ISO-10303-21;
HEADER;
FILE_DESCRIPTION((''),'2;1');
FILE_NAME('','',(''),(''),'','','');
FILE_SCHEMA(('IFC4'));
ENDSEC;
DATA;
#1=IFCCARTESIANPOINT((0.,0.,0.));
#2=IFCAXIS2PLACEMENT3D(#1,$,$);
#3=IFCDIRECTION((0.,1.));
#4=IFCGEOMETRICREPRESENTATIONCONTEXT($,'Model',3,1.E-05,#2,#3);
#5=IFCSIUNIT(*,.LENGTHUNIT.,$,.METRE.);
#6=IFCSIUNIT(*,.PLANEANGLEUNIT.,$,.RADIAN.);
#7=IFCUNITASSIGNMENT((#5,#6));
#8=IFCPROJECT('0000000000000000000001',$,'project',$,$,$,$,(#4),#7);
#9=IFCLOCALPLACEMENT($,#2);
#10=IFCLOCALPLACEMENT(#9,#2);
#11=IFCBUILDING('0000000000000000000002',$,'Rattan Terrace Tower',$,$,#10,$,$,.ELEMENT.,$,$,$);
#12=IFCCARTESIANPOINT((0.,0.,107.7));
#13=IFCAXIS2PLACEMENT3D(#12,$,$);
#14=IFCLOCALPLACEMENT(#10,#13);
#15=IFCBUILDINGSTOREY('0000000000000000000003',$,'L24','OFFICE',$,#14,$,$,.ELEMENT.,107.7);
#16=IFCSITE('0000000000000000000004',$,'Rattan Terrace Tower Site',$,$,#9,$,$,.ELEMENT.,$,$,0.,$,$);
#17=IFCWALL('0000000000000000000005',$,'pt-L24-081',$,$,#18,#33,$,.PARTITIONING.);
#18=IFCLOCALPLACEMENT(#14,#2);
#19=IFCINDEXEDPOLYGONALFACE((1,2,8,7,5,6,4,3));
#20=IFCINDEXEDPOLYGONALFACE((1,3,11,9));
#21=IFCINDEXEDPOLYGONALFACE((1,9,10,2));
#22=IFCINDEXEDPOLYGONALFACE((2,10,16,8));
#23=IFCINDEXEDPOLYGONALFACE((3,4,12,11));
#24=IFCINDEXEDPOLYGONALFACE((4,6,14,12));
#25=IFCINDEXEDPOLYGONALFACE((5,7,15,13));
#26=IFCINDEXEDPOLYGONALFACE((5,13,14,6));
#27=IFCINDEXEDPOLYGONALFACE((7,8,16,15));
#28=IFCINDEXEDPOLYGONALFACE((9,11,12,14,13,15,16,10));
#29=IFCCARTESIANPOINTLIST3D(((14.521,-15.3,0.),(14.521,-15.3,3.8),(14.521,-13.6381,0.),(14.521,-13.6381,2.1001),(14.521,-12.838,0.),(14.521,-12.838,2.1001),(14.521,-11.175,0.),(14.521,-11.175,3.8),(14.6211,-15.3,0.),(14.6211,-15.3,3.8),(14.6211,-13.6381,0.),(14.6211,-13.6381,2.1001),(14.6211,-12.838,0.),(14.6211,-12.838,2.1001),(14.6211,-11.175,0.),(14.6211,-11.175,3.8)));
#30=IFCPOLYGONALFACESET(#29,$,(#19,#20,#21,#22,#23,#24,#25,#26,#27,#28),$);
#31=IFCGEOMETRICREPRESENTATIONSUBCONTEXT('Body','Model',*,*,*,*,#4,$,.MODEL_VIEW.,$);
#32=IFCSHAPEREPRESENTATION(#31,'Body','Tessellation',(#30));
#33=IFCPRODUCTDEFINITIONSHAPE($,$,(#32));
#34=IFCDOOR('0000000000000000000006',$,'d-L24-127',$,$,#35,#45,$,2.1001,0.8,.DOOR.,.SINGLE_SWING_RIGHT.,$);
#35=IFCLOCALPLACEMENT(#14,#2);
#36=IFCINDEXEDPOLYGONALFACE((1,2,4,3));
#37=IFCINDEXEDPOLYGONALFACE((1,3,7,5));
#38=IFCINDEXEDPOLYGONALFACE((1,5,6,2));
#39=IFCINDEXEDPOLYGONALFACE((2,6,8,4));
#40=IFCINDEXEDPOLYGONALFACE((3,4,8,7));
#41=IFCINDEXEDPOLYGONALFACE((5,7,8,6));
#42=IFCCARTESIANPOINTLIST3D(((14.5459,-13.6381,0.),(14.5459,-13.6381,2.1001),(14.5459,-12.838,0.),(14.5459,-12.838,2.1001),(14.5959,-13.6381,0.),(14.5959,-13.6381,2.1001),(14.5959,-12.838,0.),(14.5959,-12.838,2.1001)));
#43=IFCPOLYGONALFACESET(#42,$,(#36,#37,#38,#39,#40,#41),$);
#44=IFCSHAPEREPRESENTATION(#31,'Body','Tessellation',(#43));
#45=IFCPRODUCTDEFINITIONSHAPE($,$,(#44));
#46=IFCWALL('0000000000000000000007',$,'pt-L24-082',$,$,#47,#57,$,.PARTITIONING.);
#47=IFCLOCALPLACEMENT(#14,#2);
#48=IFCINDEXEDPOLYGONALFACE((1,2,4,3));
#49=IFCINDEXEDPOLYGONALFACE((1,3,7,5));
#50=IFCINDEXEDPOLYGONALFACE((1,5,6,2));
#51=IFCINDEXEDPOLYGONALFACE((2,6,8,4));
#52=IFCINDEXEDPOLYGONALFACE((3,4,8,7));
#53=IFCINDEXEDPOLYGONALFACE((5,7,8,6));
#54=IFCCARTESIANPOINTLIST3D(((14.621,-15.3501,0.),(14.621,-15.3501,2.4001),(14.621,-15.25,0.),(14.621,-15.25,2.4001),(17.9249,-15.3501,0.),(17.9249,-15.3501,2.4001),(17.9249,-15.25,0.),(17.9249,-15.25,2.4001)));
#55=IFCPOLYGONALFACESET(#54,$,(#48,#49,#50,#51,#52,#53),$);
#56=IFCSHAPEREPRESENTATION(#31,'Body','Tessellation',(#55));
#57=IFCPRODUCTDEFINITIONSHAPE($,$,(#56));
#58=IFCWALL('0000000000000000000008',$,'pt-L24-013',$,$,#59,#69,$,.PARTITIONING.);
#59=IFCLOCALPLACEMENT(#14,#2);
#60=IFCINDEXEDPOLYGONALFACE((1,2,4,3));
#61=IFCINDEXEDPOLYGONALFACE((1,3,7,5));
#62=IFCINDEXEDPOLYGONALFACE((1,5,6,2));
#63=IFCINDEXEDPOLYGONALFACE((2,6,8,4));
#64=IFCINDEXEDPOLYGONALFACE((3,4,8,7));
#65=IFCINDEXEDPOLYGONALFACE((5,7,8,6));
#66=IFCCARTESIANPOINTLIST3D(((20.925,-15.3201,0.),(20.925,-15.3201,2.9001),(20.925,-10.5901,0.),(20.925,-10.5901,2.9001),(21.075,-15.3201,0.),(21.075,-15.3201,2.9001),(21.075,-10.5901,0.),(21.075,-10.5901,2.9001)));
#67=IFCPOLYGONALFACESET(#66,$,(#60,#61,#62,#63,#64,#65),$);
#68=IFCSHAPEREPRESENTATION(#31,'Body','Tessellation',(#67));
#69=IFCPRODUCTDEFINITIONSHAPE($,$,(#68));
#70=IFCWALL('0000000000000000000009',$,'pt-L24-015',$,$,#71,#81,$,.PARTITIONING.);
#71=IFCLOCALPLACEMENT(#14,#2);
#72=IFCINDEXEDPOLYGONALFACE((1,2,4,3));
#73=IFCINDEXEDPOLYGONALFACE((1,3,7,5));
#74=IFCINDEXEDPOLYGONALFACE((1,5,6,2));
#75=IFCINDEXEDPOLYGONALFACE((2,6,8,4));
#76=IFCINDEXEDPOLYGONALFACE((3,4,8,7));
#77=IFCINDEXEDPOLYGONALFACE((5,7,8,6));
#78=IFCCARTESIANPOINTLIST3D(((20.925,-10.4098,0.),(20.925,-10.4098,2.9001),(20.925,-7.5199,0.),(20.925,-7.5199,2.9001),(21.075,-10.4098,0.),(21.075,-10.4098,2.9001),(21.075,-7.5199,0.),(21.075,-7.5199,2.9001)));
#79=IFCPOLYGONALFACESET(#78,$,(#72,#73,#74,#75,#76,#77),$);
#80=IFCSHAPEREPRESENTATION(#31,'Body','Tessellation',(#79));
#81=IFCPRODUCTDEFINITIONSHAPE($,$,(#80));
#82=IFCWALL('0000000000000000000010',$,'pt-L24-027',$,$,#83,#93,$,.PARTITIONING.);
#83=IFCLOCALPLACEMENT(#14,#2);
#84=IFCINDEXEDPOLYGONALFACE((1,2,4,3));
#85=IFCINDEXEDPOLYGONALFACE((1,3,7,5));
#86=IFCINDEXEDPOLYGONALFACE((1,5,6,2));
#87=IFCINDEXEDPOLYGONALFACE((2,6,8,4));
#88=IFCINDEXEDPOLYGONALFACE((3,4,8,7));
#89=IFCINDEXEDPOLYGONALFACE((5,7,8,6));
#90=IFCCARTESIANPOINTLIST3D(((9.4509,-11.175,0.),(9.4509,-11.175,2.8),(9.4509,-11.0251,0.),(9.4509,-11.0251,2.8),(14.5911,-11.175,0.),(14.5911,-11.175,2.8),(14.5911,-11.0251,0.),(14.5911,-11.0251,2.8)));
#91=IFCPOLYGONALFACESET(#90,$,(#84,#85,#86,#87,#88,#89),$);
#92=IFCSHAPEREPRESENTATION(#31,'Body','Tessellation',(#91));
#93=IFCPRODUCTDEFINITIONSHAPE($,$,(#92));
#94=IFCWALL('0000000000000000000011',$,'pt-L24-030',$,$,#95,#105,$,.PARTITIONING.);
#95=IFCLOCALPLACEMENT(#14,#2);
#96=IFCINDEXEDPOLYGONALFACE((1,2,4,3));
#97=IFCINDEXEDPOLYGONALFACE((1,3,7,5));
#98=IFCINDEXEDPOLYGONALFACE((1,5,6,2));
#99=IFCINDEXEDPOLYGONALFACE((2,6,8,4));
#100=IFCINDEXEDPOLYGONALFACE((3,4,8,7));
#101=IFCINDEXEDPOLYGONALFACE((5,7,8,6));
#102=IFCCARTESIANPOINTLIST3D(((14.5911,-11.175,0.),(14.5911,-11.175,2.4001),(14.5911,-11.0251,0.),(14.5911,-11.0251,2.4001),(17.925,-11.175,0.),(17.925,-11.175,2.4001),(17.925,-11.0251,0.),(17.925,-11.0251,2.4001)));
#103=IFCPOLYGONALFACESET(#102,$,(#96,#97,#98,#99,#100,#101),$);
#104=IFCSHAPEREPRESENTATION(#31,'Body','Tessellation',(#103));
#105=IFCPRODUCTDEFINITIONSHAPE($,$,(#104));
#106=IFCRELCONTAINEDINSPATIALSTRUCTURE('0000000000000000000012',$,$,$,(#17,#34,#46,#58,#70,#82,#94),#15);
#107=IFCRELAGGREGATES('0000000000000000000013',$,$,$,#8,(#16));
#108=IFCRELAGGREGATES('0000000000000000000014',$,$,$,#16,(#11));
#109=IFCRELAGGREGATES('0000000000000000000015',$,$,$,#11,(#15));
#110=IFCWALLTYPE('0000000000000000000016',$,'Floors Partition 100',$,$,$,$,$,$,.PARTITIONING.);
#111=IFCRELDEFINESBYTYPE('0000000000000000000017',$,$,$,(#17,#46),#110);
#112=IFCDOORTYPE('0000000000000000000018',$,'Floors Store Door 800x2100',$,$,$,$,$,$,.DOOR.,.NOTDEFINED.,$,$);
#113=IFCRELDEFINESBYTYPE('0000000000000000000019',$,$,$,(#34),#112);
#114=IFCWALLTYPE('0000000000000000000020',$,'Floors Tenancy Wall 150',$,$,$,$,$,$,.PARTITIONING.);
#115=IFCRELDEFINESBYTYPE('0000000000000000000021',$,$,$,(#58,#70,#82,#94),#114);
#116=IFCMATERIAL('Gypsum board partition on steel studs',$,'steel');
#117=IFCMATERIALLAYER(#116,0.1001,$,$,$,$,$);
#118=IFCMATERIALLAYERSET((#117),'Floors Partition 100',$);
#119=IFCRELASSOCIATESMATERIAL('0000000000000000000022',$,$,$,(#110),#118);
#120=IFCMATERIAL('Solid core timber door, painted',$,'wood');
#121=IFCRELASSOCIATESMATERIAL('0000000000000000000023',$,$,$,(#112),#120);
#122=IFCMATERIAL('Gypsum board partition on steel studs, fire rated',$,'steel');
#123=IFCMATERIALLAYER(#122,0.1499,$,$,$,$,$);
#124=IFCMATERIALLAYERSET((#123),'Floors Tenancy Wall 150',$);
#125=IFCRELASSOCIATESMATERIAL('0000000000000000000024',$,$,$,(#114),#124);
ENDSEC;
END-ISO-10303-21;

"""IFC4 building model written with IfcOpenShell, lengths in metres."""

from ifc_helpers import new_model, si_unit, direction, frame, frame_2d, origin, place, context, subcontext, project, spatial, rectangle, extrude, material, layer, layer_set, type_object, element, fill, save


model = new_model("IFC4")

# Units and contexts
model_context = context("Model", 3, precision=1e-05, world=origin(), true_north=direction((0.0, 1.0)))
body_context = subcontext(model_context, "Body", "Model", "MODEL_VIEW")
ifc_project = project(units=[si_unit("LENGTHUNIT", "METRE"), si_unit("PLANEANGLEUNIT", "RADIAN")], contexts=[model_context])

# Site, building, storey
site_placement = place(None, origin())
site = spatial("IfcSite", under=ifc_project, at=site_placement, Name="Rattan Terrace Tower Site", CompositionType="ELEMENT", RefElevation=0.0)
building_placement = place(site_placement, origin())
building = spatial("IfcBuilding", under=site, at=building_placement, Name="Rattan Terrace Tower", CompositionType="ELEMENT")
storey_placement = place(building_placement, frame((0.0, 0.0, 107.7)))
storey = spatial("IfcBuildingStorey", under=building, at=storey_placement, Name="L24", Description="OFFICE", CompositionType="ELEMENT", Elevation=107.7)

# Wall, opening, door
ifc_material_1 = material(Name="Gypsum board partition on steel studs", Category="steel")
ifc_layer_1 = layer(ifc_material_1, 0.1001)
ifc_layer_set_1 = layer_set([ifc_layer_1], Name="Floors Partition 100")
wall_type_1 = type_object("IfcWallType", Name="Floors Partition 100", PredefinedType="PARTITIONING", material=ifc_layer_set_1)
wall_1_placement = place(storey_placement, frame((14.571, -11.175, 0.0), z_axis=(0.0, 0.0, 1.0), x_axis=(0.0, -1.0, 0.0)))
wall_1 = element("IfcWall", 1, at=wall_1_placement, inside=storey, type_object=wall_type_1, Name="pt-L24-081", PredefinedType="PARTITIONING", context=body_context, shape_type="SweptSolid", body=[
    extrude(rectangle(XDim=4.125, YDim=0.1001, at=frame_2d((2.0625, 0.0))), origin(), (0.0, 0.0, 1.0), 3.8),
])
opening_1_placement = place(wall_1_placement, frame((1.6631, 0.0, 0.0)))
opening_1 = element("IfcOpeningElement", 2, at=opening_1_placement, cuts=wall_1, PredefinedType="OPENING", context=body_context, shape_type="SweptSolid", body=[
    extrude(rectangle(XDim=0.8, YDim=2.1001, at=frame_2d((0.3999, 1.05))), frame((0.0, 0.0605, 0.0), z_axis=(0.0, -1.0, 0.0), x_axis=(1.0, 0.0, 0.0)), (0.0, 0.0, 1.0), 0.1211),
])
ifc_material_2 = material(Name="Solid core timber door, painted", Category="wood")
door_type_1 = type_object("IfcDoorType", Name="Floors Store Door 800x2100", OperationType="NOTDEFINED", PredefinedType="DOOR", material=ifc_material_2)
door_1_placement = place(opening_1_placement, origin())
door_1 = element("IfcDoor", 3, at=door_1_placement, inside=storey, type_object=door_type_1, Name="d-L24-127", OperationType="SINGLE_SWING_RIGHT", OverallHeight=2.1001, OverallWidth=0.8, PredefinedType="DOOR", context=body_context, shape_type="SweptSolid", body=[
    extrude(rectangle(XDim=0.8, YDim=2.1001, at=frame_2d((0.3999, 1.05))), frame((0.0, 0.0249, 0.0), z_axis=(0.0, -1.0, 0.0), x_axis=(1.0, 0.0, 0.0)), (0.0, 0.0, 1.0), 0.05),
])
fill(opening_1, door_1)

# Walls
wall_2_placement = place(storey_placement, frame((14.6211, -15.3, 0.0), z_axis=(0.0, 0.0, 1.0), x_axis=(1.0, 0.0, 0.0)))
element("IfcWall", 4, at=wall_2_placement, inside=storey, type_object=wall_type_1, Name="pt-L24-082", PredefinedType="PARTITIONING", context=body_context, shape_type="SweptSolid", body=[
    extrude(rectangle(XDim=3.304, YDim=0.1001, at=frame_2d((1.6519, 0.0))), origin(), (0.0, 0.0, 1.0), 2.4001),
])
ifc_material_3 = material(Name="Gypsum board partition on steel studs, fire rated", Category="steel")
ifc_layer_2 = layer(ifc_material_3, 0.1499)
ifc_layer_set_2 = layer_set([ifc_layer_2], Name="Floors Tenancy Wall 150")
wall_type_2 = type_object("IfcWallType", Name="Floors Tenancy Wall 150", PredefinedType="PARTITIONING", material=ifc_layer_set_2)
wall_3_placement = place(storey_placement, frame((21.0, -10.5901, 0.0), z_axis=(0.0, 0.0, 1.0), x_axis=(0.0, -1.0, 0.0)))
element("IfcWall", 5, at=wall_3_placement, inside=storey, type_object=wall_type_2, Name="pt-L24-013", PredefinedType="PARTITIONING", context=body_context, shape_type="SweptSolid", body=[
    extrude(rectangle(XDim=4.73, YDim=0.1499, at=frame_2d((2.365, 0.0))), origin(), (0.0, 0.0, 1.0), 2.9001),
])
wall_4_placement = place(storey_placement, frame((21.0, -7.52, 0.0), z_axis=(0.0, 0.0, 1.0), x_axis=(0.0, -1.0, 0.0)))
element("IfcWall", 6, at=wall_4_placement, inside=storey, type_object=wall_type_2, Name="pt-L24-015", PredefinedType="PARTITIONING", context=body_context, shape_type="SweptSolid", body=[
    extrude(rectangle(XDim=2.8899, YDim=0.1499, at=frame_2d((1.4448, 0.0))), origin(), (0.0, 0.0, 1.0), 2.9001),
])
wall_5_placement = place(storey_placement, frame((14.5911, -11.1001, 0.0), z_axis=(0.0, 0.0, 1.0), x_axis=(-1.0, 0.0, 0.0)))
element("IfcWall", 7, at=wall_5_placement, inside=storey, type_object=wall_type_2, Name="pt-L24-027", PredefinedType="PARTITIONING", context=body_context, shape_type="SweptSolid", body=[
    extrude(rectangle(XDim=5.1401, YDim=0.1499, at=frame_2d((2.5701, 0.0))), origin(), (0.0, 0.0, 1.0), 2.8),
])
wall_6_placement = place(storey_placement, frame((17.925, -11.1001, 0.0), z_axis=(0.0, 0.0, 1.0), x_axis=(-1.0, 0.0, 0.0)))
element("IfcWall", 8, at=wall_6_placement, inside=storey, type_object=wall_type_2, Name="pt-L24-030", PredefinedType="PARTITIONING", context=body_context, shape_type="SweptSolid", body=[
    extrude(rectangle(XDim=3.334, YDim=0.1499, at=frame_2d((1.667, 0.0))), origin(), (0.0, 0.0, 1.0), 2.4001),
])

save(model, "model.ifc")
